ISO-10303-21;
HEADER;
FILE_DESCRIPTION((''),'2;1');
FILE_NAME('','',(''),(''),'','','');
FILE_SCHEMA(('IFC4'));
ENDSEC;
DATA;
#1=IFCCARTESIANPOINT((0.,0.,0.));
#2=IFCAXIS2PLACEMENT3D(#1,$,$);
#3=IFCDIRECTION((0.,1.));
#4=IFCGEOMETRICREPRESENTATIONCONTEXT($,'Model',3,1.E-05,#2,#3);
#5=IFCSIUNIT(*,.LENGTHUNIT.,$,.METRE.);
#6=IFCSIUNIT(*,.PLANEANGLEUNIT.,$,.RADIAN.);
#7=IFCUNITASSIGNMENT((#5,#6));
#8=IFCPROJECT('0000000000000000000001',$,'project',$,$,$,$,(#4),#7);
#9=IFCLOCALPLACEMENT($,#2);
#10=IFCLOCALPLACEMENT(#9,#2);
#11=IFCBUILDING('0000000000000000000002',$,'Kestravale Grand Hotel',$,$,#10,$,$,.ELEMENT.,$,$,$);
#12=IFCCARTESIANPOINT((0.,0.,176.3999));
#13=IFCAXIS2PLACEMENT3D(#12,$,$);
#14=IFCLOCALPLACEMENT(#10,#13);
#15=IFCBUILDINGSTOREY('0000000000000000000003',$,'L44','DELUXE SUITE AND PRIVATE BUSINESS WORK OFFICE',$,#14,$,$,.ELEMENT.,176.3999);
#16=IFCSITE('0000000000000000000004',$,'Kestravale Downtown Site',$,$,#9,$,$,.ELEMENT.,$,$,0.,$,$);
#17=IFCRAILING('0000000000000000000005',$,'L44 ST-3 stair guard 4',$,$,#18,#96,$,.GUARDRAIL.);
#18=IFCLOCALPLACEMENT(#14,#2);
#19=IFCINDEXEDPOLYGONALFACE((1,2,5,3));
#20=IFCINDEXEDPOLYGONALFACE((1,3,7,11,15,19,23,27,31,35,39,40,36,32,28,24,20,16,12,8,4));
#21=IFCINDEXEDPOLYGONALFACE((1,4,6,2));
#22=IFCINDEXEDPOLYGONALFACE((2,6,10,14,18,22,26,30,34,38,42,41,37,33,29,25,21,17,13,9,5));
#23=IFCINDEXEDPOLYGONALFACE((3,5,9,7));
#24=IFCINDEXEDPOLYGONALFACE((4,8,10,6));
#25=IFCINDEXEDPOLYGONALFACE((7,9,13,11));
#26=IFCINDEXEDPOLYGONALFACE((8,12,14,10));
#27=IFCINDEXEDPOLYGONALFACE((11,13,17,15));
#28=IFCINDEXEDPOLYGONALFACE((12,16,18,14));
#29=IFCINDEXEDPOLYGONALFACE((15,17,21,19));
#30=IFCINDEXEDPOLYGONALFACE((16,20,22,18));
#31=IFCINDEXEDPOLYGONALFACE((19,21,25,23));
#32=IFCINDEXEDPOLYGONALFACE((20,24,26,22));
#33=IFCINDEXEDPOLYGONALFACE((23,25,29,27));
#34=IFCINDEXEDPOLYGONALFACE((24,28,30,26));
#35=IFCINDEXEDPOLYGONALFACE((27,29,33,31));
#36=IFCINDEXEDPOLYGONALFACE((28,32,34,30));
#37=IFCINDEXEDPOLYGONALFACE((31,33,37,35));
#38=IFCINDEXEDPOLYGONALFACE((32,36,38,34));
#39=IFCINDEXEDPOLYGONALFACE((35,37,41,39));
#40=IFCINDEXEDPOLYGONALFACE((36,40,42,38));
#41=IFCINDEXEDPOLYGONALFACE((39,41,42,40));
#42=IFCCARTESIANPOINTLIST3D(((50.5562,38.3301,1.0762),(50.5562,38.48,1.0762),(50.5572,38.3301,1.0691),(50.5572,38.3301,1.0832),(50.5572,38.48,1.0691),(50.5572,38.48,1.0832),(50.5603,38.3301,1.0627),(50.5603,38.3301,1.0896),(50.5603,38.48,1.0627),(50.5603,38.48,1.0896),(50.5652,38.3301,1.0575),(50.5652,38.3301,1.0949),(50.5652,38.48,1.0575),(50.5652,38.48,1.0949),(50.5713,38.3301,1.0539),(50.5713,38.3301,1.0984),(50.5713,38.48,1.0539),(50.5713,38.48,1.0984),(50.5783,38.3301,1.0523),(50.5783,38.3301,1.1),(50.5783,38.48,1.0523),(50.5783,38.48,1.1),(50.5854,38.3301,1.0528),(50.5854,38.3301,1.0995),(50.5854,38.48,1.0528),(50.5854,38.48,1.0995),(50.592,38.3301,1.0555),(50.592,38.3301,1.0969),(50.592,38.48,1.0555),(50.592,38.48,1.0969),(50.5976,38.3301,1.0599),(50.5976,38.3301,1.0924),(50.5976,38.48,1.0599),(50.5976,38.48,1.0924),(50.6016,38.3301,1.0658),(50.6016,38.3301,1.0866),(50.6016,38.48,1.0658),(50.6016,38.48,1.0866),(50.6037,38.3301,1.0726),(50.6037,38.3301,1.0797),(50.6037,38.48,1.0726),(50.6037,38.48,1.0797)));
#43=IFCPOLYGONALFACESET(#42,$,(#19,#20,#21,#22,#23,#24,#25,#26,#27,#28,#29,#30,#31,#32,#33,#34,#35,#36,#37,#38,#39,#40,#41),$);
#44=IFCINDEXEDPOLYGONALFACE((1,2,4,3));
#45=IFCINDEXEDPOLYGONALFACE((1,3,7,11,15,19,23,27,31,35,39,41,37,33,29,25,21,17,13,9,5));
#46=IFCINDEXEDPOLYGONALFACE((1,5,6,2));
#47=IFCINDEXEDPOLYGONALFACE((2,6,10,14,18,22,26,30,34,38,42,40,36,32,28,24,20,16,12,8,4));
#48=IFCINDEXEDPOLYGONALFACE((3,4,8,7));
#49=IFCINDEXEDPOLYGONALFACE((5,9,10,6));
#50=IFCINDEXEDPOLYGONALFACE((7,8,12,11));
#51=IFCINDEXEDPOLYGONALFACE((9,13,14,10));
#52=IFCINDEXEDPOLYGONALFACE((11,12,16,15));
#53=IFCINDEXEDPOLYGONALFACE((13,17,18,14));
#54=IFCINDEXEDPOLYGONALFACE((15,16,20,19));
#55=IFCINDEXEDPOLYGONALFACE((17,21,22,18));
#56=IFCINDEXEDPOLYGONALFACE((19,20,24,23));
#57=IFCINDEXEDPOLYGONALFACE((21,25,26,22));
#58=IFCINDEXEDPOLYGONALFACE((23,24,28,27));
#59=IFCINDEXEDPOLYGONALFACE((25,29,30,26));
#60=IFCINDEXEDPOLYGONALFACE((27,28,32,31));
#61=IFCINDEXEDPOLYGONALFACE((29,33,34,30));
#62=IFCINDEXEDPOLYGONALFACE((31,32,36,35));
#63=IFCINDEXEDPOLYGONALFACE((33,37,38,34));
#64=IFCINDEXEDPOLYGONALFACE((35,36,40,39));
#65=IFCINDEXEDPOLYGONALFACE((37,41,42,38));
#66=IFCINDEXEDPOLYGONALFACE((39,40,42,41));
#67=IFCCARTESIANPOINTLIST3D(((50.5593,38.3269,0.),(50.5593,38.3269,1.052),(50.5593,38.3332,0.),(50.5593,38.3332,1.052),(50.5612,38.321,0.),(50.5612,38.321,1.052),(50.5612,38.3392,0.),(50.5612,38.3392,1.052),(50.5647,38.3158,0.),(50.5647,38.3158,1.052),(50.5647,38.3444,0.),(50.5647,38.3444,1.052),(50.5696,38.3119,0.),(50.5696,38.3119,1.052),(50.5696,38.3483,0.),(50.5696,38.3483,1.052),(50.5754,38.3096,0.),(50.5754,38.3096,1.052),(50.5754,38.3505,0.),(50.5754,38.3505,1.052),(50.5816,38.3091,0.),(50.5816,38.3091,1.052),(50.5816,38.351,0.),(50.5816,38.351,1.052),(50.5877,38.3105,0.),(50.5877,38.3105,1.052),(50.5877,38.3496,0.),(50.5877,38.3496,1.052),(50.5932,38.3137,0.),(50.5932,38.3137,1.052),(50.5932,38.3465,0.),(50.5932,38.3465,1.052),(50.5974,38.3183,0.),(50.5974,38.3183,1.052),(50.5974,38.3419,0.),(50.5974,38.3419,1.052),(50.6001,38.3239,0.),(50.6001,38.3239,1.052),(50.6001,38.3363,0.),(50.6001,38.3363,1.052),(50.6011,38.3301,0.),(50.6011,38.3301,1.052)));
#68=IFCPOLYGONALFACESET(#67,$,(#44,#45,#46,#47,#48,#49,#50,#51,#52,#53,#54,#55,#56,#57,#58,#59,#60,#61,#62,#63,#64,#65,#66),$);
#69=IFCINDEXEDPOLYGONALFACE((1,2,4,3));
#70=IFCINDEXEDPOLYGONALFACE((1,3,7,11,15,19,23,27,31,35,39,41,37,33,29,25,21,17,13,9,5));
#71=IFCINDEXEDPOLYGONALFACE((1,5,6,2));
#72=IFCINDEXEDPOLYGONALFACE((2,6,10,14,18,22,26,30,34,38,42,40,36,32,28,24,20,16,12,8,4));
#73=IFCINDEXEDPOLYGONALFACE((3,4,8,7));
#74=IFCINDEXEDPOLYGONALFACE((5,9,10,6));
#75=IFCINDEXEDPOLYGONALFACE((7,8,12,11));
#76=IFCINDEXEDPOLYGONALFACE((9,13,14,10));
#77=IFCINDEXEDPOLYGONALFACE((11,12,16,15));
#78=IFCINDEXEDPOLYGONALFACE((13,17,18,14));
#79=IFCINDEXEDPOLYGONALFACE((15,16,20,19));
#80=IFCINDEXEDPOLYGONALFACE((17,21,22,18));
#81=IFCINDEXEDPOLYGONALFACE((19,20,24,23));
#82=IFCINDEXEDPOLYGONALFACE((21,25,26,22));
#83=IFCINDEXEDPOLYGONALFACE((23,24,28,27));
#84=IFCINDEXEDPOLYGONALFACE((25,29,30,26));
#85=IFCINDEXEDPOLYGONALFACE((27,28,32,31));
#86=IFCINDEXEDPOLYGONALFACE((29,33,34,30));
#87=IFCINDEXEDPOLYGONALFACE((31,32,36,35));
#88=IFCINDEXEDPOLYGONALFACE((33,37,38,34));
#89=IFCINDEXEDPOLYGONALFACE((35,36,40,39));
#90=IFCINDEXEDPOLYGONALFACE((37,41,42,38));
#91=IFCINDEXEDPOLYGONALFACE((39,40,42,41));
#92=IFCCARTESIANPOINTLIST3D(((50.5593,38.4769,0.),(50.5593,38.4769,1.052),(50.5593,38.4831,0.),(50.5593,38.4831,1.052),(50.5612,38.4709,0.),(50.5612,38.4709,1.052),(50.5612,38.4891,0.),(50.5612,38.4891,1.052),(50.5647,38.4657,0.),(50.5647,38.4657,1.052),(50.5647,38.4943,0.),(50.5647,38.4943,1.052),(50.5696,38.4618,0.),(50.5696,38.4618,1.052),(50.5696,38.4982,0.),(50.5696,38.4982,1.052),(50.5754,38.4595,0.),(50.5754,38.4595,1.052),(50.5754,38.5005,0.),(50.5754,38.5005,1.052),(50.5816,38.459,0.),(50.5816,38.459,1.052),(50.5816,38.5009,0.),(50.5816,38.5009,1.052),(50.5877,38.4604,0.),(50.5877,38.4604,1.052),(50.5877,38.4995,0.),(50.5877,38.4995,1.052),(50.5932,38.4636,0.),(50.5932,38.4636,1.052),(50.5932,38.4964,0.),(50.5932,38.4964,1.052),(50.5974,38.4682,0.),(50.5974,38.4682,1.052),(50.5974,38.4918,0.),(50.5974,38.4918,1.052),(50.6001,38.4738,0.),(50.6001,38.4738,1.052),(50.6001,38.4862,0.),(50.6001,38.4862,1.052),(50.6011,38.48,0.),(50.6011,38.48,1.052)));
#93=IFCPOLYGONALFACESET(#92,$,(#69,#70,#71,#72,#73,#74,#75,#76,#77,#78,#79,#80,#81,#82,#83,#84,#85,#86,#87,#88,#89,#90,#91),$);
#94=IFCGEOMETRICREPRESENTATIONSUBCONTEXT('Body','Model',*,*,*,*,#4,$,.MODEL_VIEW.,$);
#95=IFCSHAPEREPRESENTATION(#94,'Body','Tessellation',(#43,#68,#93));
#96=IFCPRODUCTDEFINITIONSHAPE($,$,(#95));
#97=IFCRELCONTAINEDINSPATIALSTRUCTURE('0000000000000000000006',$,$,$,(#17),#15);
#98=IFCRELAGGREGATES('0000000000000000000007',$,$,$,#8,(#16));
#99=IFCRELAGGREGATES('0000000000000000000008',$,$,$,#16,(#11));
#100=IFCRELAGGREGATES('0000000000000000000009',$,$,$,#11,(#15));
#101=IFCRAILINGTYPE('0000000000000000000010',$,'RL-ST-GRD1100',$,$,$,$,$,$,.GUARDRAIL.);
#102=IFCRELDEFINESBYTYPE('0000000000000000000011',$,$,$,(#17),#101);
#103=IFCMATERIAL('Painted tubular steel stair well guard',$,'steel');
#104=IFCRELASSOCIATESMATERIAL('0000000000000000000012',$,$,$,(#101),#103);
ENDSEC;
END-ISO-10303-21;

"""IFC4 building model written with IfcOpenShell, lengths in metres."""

from ifc_helpers import new_model, si_unit, direction, frame, origin, origin_2d, place, context, subcontext, project, spatial, circle, extrude, material, type_object, element, save


model = new_model("IFC4")

# Units and contexts
model_context = context("Model", 3, precision=1e-05, world=origin(), true_north=direction((0.0, 1.0)))
body_context = subcontext(model_context, "Body", "Model", "MODEL_VIEW")
ifc_project = project(units=[si_unit("LENGTHUNIT", "METRE"), si_unit("PLANEANGLEUNIT", "RADIAN")], contexts=[model_context])

# Site, building, storey
site_placement = place(None, origin())
site = spatial("IfcSite", under=ifc_project, at=site_placement, Name="Kestravale Downtown Site", CompositionType="ELEMENT", RefElevation=0.0)
building_placement = place(site_placement, origin())
building = spatial("IfcBuilding", under=site, at=building_placement, Name="Kestravale Grand Hotel", CompositionType="ELEMENT")
storey_placement = place(building_placement, frame((0.0, 0.0, 176.3999)))
storey = spatial("IfcBuildingStorey", under=building, at=storey_placement, Name="L44", Description="DELUXE SUITE AND PRIVATE BUSINESS WORK OFFICE", CompositionType="ELEMENT", Elevation=176.3999)

# Railing
ifc_material_1 = material(Name="Painted tubular steel stair well guard", Category="steel")
railing_type_1 = type_object("IfcRailingType", Name="RL-ST-GRD1100", PredefinedType="GUARDRAIL", material=ifc_material_1)
railing_1_placement = place(storey_placement, frame((50.5801, 38.3301, 0.0)))
element("IfcRailing", 1, at=railing_1_placement, inside=storey, type_object=railing_type_1, Name="L44 ST-3 stair guard 4", PredefinedType="GUARDRAIL", context=body_context, shape_type="SweptSolid", body=[
    extrude(circle(Radius=0.0239, at=origin_2d()), frame((0.0, 0.0, 1.0762), z_axis=(0.0, 1.0, 0.0), x_axis=(-1.0, 0.0, 0.0)), (0.0, 0.0, 1.0), 0.1499),
    extrude(circle(Radius=0.021, at=origin_2d()), origin(), (0.0, 0.0, 1.0), 1.052),
    extrude(circle(Radius=0.021, at=origin_2d()), frame((0.0, 0.1499, 0.0)), (0.0, 0.0, 1.0), 1.052),
])

save(model, "model.ifc")
